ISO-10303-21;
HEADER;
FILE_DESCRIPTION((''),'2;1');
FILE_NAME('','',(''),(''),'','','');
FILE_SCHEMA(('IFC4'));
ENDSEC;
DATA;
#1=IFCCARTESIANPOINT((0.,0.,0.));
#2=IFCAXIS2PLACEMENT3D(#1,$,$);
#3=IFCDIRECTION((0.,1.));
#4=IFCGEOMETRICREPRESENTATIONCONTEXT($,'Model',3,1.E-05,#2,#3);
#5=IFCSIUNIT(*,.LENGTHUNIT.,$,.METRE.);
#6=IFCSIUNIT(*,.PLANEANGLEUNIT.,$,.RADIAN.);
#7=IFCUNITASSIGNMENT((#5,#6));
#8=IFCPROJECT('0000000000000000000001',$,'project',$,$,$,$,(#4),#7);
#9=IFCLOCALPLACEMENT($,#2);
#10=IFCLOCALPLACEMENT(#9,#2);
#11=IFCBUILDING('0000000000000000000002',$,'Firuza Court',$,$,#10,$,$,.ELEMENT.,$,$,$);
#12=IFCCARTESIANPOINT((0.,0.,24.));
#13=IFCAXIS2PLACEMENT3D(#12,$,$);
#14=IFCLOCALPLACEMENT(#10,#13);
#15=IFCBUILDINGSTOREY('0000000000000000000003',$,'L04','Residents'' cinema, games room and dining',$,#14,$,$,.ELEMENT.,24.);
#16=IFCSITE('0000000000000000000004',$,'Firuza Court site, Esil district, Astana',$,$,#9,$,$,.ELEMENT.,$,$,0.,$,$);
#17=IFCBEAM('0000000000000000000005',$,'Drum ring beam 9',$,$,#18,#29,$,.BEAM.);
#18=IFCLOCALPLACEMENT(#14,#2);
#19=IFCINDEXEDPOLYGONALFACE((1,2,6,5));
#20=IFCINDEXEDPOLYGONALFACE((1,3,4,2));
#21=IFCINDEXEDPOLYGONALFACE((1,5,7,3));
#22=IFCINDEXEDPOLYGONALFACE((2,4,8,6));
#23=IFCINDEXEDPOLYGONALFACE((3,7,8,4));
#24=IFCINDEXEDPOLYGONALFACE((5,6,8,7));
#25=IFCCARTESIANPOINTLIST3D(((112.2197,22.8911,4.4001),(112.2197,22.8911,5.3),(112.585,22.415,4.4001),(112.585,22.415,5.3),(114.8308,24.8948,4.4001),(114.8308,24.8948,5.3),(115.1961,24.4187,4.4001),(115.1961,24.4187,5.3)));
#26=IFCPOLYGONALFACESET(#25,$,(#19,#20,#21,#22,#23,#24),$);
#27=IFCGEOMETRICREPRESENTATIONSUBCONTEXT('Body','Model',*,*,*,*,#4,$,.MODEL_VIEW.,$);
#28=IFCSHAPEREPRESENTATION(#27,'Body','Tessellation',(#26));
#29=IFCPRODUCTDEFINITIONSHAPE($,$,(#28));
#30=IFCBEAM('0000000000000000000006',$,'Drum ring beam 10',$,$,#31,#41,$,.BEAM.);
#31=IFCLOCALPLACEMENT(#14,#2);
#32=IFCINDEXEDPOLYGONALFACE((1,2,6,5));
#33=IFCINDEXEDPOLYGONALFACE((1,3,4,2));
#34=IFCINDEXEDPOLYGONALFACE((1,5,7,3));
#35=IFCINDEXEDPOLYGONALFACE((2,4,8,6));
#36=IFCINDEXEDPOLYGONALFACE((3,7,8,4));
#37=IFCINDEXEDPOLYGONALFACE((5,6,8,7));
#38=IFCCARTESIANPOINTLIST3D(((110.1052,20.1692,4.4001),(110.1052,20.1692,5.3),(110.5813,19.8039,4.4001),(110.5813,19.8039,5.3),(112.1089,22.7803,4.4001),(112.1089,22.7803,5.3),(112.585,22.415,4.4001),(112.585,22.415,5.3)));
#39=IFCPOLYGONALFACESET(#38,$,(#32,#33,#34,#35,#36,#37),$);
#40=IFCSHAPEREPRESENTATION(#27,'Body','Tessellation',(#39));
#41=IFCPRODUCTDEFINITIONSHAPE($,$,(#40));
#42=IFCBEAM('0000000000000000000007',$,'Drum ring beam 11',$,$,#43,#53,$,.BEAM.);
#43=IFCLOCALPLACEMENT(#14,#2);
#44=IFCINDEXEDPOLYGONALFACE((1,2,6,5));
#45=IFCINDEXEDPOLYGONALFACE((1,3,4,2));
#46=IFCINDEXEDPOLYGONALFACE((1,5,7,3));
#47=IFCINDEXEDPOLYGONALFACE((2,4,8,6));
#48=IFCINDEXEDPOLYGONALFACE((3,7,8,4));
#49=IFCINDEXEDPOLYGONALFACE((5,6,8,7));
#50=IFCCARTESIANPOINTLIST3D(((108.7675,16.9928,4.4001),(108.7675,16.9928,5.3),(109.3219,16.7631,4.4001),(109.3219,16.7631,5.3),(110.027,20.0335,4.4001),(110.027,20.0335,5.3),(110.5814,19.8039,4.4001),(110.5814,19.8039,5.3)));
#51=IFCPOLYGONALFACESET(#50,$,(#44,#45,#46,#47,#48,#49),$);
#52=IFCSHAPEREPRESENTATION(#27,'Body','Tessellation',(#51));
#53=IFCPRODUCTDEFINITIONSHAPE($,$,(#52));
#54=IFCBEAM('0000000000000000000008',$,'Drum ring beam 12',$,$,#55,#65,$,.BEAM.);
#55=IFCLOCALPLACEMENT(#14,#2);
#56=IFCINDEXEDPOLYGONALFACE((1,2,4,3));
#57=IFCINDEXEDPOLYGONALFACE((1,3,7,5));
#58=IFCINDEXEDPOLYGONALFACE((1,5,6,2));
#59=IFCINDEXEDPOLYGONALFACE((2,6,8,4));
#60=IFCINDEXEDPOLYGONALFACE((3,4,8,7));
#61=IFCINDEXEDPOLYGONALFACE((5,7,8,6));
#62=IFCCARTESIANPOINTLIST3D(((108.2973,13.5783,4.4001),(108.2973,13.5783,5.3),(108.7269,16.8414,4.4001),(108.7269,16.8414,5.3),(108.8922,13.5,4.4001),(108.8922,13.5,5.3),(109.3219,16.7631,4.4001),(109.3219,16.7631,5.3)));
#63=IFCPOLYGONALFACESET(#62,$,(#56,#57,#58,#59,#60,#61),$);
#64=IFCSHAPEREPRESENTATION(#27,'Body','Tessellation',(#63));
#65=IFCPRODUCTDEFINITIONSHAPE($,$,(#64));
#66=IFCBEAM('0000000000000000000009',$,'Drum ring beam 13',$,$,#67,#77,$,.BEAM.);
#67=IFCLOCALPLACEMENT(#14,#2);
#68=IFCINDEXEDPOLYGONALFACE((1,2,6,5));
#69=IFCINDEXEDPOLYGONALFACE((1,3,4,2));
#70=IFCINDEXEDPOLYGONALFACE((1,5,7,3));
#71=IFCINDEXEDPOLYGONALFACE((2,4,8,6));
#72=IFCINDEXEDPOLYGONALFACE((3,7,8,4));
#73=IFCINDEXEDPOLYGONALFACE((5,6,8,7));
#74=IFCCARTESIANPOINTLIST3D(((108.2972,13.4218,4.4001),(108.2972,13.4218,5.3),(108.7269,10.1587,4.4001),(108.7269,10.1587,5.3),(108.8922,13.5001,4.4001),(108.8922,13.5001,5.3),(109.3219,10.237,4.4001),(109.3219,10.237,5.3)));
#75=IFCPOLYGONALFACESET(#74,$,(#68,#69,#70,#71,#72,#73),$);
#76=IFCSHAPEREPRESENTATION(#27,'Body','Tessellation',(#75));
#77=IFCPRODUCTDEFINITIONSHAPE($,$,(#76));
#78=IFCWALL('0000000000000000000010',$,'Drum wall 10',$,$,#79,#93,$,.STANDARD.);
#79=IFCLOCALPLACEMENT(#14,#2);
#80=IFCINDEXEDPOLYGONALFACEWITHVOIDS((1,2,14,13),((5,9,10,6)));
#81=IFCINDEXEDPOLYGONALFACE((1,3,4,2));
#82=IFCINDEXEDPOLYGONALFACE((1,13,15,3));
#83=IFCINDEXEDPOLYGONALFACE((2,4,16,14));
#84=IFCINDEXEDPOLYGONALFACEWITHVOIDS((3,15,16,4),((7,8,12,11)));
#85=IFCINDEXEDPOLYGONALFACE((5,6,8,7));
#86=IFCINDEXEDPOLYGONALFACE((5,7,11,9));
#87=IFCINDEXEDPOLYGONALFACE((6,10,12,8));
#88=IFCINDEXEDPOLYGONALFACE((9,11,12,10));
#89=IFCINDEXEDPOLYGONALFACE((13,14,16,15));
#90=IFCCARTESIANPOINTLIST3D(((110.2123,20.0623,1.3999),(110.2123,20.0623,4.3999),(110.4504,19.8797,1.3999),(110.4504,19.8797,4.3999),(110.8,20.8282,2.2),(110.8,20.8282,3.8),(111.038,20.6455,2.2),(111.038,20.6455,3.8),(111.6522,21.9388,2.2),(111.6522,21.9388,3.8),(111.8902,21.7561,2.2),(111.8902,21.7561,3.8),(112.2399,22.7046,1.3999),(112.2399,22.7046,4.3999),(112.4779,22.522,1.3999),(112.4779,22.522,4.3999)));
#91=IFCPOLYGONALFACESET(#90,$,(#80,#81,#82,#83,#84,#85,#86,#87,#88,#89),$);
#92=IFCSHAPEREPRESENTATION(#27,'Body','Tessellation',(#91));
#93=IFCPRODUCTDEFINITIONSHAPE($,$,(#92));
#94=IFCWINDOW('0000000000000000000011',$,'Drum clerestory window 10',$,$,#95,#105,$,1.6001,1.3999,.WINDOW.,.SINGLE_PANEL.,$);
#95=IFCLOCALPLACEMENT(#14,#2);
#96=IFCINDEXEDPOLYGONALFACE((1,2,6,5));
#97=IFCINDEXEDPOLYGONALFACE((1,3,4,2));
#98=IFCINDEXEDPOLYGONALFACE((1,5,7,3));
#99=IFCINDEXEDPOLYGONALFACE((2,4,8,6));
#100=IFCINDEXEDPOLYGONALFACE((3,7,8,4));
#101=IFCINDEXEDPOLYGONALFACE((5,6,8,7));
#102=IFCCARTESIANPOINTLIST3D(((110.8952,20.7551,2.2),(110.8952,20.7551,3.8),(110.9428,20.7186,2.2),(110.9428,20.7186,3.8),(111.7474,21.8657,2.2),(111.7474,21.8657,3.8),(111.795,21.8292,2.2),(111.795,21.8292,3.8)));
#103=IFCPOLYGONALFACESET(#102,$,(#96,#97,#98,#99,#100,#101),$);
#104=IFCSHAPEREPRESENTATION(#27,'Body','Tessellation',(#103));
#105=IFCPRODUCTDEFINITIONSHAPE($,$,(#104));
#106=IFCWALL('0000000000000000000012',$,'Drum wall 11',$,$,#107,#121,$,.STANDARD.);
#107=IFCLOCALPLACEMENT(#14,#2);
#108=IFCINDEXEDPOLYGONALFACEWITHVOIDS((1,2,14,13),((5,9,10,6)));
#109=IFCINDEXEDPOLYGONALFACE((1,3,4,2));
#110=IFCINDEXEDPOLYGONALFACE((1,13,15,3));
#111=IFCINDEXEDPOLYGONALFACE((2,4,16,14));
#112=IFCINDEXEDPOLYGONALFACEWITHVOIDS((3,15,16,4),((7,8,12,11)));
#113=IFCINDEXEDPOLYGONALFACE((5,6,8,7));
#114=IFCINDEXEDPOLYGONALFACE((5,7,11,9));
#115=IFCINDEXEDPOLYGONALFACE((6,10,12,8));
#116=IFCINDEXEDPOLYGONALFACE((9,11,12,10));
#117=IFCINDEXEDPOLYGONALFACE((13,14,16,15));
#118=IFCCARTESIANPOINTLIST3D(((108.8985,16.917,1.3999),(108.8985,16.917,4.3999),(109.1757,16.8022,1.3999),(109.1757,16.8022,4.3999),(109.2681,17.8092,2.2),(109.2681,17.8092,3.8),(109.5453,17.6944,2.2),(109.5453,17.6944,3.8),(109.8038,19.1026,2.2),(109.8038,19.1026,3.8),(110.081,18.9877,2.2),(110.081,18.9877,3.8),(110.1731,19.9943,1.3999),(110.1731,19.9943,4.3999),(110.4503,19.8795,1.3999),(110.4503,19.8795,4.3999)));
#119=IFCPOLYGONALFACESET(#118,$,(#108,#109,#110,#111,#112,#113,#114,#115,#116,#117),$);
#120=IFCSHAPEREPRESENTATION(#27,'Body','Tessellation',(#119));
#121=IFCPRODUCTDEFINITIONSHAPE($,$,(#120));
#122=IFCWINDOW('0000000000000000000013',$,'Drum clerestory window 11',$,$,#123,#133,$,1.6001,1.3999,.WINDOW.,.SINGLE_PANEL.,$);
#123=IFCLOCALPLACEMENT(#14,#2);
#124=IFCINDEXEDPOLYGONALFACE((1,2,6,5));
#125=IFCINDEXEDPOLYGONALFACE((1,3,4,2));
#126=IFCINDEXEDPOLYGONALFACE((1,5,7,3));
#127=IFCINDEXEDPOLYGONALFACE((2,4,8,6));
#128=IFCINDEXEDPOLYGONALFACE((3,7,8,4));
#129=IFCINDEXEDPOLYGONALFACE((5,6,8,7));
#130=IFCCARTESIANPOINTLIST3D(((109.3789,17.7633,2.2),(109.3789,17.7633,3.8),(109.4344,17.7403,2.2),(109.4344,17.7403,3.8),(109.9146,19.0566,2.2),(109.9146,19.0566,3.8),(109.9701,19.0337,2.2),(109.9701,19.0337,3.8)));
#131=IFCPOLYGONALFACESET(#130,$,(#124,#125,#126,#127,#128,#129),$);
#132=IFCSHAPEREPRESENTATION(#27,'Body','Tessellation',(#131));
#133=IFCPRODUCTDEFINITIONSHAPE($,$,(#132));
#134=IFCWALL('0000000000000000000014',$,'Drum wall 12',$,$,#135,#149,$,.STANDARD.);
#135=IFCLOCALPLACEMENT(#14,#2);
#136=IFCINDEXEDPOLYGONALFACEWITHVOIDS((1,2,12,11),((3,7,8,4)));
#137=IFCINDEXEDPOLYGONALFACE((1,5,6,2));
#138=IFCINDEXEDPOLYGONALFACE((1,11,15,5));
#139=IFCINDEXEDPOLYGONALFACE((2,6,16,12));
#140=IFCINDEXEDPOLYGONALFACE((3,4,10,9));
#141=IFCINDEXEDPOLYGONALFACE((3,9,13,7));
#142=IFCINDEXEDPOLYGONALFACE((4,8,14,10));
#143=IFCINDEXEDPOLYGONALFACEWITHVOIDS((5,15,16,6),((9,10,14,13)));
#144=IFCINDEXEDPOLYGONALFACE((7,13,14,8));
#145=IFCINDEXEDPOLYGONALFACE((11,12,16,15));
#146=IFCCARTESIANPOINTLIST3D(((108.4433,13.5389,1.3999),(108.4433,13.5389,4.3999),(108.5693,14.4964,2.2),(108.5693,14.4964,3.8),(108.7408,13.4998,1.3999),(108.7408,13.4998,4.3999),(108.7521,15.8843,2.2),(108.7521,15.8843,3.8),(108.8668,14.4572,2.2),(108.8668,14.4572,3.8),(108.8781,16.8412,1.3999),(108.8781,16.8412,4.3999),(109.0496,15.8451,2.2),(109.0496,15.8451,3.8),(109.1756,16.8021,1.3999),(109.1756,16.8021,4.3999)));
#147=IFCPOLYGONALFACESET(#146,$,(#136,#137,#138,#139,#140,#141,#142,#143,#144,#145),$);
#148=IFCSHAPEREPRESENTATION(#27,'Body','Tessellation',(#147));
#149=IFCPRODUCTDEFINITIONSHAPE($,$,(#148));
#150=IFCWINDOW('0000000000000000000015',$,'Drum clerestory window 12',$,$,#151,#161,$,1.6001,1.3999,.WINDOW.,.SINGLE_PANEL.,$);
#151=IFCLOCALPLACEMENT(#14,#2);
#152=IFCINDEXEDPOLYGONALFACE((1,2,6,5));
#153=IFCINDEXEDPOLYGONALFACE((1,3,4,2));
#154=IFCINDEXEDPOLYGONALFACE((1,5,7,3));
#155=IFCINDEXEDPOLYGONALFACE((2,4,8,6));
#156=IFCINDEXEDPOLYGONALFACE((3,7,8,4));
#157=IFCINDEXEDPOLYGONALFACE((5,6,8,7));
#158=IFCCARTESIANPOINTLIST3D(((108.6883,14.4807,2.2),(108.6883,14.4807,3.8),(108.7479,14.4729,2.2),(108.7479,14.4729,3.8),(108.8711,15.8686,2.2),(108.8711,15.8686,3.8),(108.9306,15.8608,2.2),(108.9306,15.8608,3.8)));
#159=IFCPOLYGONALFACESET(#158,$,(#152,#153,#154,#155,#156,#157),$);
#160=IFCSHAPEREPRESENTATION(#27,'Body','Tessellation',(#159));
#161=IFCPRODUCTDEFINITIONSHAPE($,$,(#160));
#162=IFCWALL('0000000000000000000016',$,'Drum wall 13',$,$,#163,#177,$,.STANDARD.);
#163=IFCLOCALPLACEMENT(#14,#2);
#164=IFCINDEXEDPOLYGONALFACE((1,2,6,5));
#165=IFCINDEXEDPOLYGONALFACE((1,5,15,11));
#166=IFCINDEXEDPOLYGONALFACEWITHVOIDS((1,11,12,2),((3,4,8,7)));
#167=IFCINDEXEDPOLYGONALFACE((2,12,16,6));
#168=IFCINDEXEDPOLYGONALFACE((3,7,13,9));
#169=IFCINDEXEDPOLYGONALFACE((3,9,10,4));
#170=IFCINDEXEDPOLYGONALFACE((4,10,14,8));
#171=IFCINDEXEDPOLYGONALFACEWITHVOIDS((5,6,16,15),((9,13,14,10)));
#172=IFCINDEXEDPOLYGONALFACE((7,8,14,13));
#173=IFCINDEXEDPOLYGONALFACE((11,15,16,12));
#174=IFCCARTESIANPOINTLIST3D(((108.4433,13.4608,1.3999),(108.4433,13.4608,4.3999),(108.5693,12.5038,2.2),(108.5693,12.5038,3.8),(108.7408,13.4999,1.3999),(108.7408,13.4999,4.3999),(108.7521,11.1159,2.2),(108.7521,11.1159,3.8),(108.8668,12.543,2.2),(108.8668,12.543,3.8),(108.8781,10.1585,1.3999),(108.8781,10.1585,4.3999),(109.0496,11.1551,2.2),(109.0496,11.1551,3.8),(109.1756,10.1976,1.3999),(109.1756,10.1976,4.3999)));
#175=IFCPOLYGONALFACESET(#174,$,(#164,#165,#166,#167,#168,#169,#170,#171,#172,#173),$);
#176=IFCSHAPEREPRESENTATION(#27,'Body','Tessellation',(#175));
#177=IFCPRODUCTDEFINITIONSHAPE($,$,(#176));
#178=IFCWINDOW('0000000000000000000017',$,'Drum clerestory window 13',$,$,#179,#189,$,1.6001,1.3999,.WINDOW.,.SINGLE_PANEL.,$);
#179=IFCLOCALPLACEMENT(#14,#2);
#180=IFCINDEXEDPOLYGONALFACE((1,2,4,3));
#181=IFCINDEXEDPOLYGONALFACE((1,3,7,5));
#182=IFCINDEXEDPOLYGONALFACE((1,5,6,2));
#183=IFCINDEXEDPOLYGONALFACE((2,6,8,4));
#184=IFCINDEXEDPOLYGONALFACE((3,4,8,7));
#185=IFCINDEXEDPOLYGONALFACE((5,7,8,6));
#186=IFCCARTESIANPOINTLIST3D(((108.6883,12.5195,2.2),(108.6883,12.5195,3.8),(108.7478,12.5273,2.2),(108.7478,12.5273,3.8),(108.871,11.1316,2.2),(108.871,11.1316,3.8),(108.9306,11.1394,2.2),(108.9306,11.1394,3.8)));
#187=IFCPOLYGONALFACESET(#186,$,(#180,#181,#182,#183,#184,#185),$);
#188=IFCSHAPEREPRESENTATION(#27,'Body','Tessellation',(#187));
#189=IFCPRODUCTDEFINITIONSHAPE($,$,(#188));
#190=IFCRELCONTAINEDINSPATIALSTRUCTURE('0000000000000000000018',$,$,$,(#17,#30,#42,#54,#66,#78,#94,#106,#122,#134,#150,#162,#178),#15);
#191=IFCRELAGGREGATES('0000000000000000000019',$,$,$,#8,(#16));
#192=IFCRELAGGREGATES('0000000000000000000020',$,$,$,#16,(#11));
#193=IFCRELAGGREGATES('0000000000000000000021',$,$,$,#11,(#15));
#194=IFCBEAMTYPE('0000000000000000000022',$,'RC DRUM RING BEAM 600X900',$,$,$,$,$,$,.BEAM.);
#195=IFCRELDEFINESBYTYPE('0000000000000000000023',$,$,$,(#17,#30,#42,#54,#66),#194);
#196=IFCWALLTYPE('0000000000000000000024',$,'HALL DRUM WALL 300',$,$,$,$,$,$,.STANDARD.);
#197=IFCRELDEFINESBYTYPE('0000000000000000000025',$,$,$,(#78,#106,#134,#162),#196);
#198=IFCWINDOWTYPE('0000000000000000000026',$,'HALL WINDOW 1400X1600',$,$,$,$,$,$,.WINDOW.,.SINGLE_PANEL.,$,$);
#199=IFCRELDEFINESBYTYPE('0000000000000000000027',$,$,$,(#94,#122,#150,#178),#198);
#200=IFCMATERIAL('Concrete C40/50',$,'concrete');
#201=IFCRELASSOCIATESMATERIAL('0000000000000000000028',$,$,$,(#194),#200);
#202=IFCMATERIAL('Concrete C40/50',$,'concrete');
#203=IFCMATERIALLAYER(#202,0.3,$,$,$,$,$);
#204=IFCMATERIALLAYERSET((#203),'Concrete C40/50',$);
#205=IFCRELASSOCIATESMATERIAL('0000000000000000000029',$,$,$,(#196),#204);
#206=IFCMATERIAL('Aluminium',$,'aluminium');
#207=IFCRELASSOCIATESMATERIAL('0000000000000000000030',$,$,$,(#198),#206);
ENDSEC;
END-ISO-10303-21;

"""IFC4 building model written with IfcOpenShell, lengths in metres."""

from ifc_helpers import new_model, si_unit, direction, frame, frame_2d, origin, origin_2d, place, context, subcontext, project, spatial, rectangle, extrude, material, layer, layer_set, material_profile, profile_set, type_object, element, fill, save


model = new_model("IFC4")

# Units and contexts
model_context = context("Model", 3, precision=1e-05, world=origin(), true_north=direction((0.0, 1.0)))
body_context = subcontext(model_context, "Body", "Model", "MODEL_VIEW")
ifc_project = project(units=[si_unit("LENGTHUNIT", "METRE"), si_unit("PLANEANGLEUNIT", "RADIAN")], contexts=[model_context])

# Site, building, storey
site_placement = place(None, origin())
site = spatial("IfcSite", under=ifc_project, at=site_placement, Name="Firuza Court site, Esil district, Astana", CompositionType="ELEMENT", RefElevation=0.0)
building_placement = place(site_placement, origin())
building = spatial("IfcBuilding", under=site, at=building_placement, Name="Firuza Court", CompositionType="ELEMENT")
storey_placement = place(building_placement, frame((0.0, 0.0, 24.0)))
storey = spatial("IfcBuildingStorey", under=building, at=storey_placement, Name="L04", Description="Residents' cinema, games room and dining", CompositionType="ELEMENT", Elevation=24.0)

# Beams
ifc_material_1 = material(Name="Concrete C40/50", Category="concrete")
ifc_material_profile = material_profile(ifc_material_1, rectangle(XDim=0.6001, YDim=0.8999, at=origin_2d()), Name="RC 600X900 RING")
ifc_profile_set = profile_set([ifc_material_profile], Name="Concrete C40/50")
beam_type = type_object("IfcBeamType", Name="RC DRUM RING BEAM 600X900", PredefinedType="BEAM", material=ifc_profile_set)
for number, where, z_axis, x_axis, name in (
    (1, (115.0134, 24.6567, 4.8501), (-0.793338, -0.608782, 0.0), (0.608782, -0.793338, 0.0), "Drum ring beam 9"),
    (2, (112.3469, 22.5977, 4.8501), (-0.608782, -0.793338, 0.0), (0.793338, -0.608782, 0.0), "Drum ring beam 10"),
    (3, (110.3042, 19.9187, 4.8501), (-0.382682, -0.92388, 0.0), (0.92388, -0.382682, 0.0), "Drum ring beam 11"),
    (4, (109.0244, 16.8022, 4.8501), (-0.13055, -0.991442, 0.0), (0.991442, -0.13055, 0.0), "Drum ring beam 12"),
    (5, (108.5947, 13.4609, 4.8501), (0.13055, -0.991442, 0.0), (0.991442, 0.13055, 0.0), "Drum ring beam 13"),
):
    element("IfcBeam", number, at=place(storey_placement, frame(where, z_axis=z_axis, x_axis=x_axis)), inside=storey, type_object=beam_type, Name=name, PredefinedType="BEAM", context=body_context, shape_type="SweptSolid", body=[
        extrude(rectangle(XDim=0.6001, YDim=0.8999, at=origin_2d()), origin(), (0.0, 0.0, 1.0), 3.2913),
    ])

# Walls, openings, windows
ifc_material_2 = material(Name="Concrete C40/50", Category="concrete")
ifc_layer_1 = layer(ifc_material_2, 0.3)
ifc_layer_set_1 = layer_set([ifc_layer_1], Name="Concrete C40/50")
wall_type_1 = type_object("IfcWallType", Name="HALL DRUM WALL 300", PredefinedType="STANDARD", material=ifc_layer_set_1)
wall_1_placement = place(storey_placement, frame((112.3589, 22.6133, 1.3999), z_axis=(0.0, 0.0, 1.0), x_axis=(-0.608772, -0.793346, 0.0)))
wall_1 = element("IfcWall", 6, at=wall_1_placement, inside=storey, type_object=wall_type_1, Name="Drum wall 10", PredefinedType="STANDARD", context=body_context, shape_type="SweptSolid", body=[
    extrude(rectangle(XDim=3.3306, YDim=0.3, at=frame_2d((1.6653, 0.0))), origin(), (0.0, 0.0, 1.0), 3.0),
])
opening_1_placement = place(wall_1_placement, frame((0.9653, 0.0, 0.8)))
opening_1 = element("IfcOpeningElement", 7, at=opening_1_placement, cuts=wall_1, PredefinedType="OPENING", context=body_context, shape_type="SweptSolid", body=[
    extrude(rectangle(XDim=1.3999, YDim=1.6001, at=frame_2d((0.7, 0.8))), frame((0.0, 0.1621, 0.0), z_axis=(0.0, -1.0, 0.0), x_axis=(1.0, 0.0, 0.0)), (0.0, 0.0, 1.0), 0.324),
])
ifc_material_3 = material(Name="Aluminium", Category="aluminium")
window_type = type_object("IfcWindowType", Name="HALL WINDOW 1400X1600", PartitioningType="SINGLE_PANEL", PredefinedType="WINDOW", material=ifc_material_3)
window_1_placement = place(opening_1_placement, origin())
window_1 = element("IfcWindow", 8, at=window_1_placement, inside=storey, type_object=window_type, Name="Drum clerestory window 10", OverallHeight=1.6001, OverallWidth=1.3999, PartitioningType="SINGLE_PANEL", PredefinedType="WINDOW", context=body_context, shape_type="SweptSolid", body=[
    extrude(rectangle(XDim=1.3999, YDim=1.6001, at=frame_2d((0.7, 0.8))), frame((0.0, 0.03, 0.0), z_axis=(0.0, -1.0, 0.0), x_axis=(1.0, 0.0, 0.0)), (0.0, 0.0, 1.0), 0.0601),
])
fill(opening_1, window_1)
wall_2_placement = place(storey_placement, frame((110.3118, 19.937, 1.3999), z_axis=(0.0, 0.0, 1.0), x_axis=(-0.382673, -0.923884, 0.0)))
wall_2 = element("IfcWall", 9, at=wall_2_placement, inside=storey, type_object=wall_type_1, Name="Drum wall 11", PredefinedType="STANDARD", context=body_context, shape_type="SweptSolid", body=[
    extrude(rectangle(XDim=3.3308, YDim=0.3, at=frame_2d((1.6655, 0.0))), origin(), (0.0, 0.0, 1.0), 3.0),
])
opening_2_placement = place(wall_2_placement, frame((0.9653, 0.0, 0.8)))
opening_2 = element("IfcOpeningElement", 10, at=opening_2_placement, cuts=wall_2, PredefinedType="OPENING", context=body_context, shape_type="SweptSolid", body=[
    extrude(rectangle(XDim=1.3999, YDim=1.6001, at=frame_2d((0.7, 0.8))), frame((0.0, 0.1621, 0.0), z_axis=(0.0, -1.0, 0.0), x_axis=(1.0, 0.0, 0.0)), (0.0, 0.0, 1.0), 0.324),
])
window_2_placement = place(opening_2_placement, origin())
window_2 = element("IfcWindow", 11, at=window_2_placement, inside=storey, type_object=window_type, Name="Drum clerestory window 11", OverallHeight=1.6001, OverallWidth=1.3999, PartitioningType="SINGLE_PANEL", PredefinedType="WINDOW", context=body_context, shape_type="SweptSolid", body=[
    extrude(rectangle(XDim=1.3999, YDim=1.6001, at=frame_2d((0.7, 0.8))), frame((0.0, 0.03, 0.0), z_axis=(0.0, -1.0, 0.0), x_axis=(1.0, 0.0, 0.0)), (0.0, 0.0, 1.0), 0.0601),
])
fill(opening_2, window_2)
wall_3_placement = place(storey_placement, frame((109.0269, 16.8218, 1.3999), z_axis=(0.0, 0.0, 1.0), x_axis=(-0.130546, -0.991442, 0.0)))
wall_3 = element("IfcWall", 12, at=wall_3_placement, inside=storey, type_object=wall_type_1, Name="Drum wall 12", PredefinedType="STANDARD", context=body_context, shape_type="SweptSolid", body=[
    extrude(rectangle(XDim=3.3308, YDim=0.3, at=frame_2d((1.6655, 0.0))), origin(), (0.0, 0.0, 1.0), 3.0),
])
opening_3_placement = place(wall_3_placement, frame((0.9653, 0.0, 0.8)))
opening_3 = element("IfcOpeningElement", 13, at=opening_3_placement, cuts=wall_3, PredefinedType="OPENING", context=body_context, shape_type="SweptSolid", body=[
    extrude(rectangle(XDim=1.3999, YDim=1.6001, at=frame_2d((0.7, 0.8))), frame((0.0, 0.1621, 0.0), z_axis=(0.0, -1.0, 0.0), x_axis=(1.0, 0.0, 0.0)), (0.0, 0.0, 1.0), 0.324),
])
window_3_placement = place(opening_3_placement, origin())
window_3 = element("IfcWindow", 14, at=window_3_placement, inside=storey, type_object=window_type, Name="Drum clerestory window 12", OverallHeight=1.6001, OverallWidth=1.3999, PartitioningType="SINGLE_PANEL", PredefinedType="WINDOW", context=body_context, shape_type="SweptSolid", body=[
    extrude(rectangle(XDim=1.3999, YDim=1.6001, at=frame_2d((0.7, 0.8))), frame((0.0, 0.03, 0.0), z_axis=(0.0, -1.0, 0.0), x_axis=(1.0, 0.0, 0.0)), (0.0, 0.0, 1.0), 0.0601),
])
fill(opening_3, window_3)
wall_4_placement = place(storey_placement, frame((108.592, 13.4805, 1.3999), z_axis=(0.0, 0.0, 1.0), x_axis=(0.130546, -0.991442, 0.0)))
wall_4 = element("IfcWall", 15, at=wall_4_placement, inside=storey, type_object=wall_type_1, Name="Drum wall 13", PredefinedType="STANDARD", context=body_context, shape_type="SweptSolid", body=[
    extrude(rectangle(XDim=3.3308, YDim=0.3, at=frame_2d((1.6655, 0.0))), origin(), (0.0, 0.0, 1.0), 3.0),
])
opening_4_placement = place(wall_4_placement, frame((0.9653, 0.0, 0.8)))
opening_4 = element("IfcOpeningElement", 16, at=opening_4_placement, cuts=wall_4, PredefinedType="OPENING", context=body_context, shape_type="SweptSolid", body=[
    extrude(rectangle(XDim=1.3999, YDim=1.6001, at=frame_2d((0.7, 0.8))), frame((0.0, 0.1621, 0.0), z_axis=(0.0, -1.0, 0.0), x_axis=(1.0, 0.0, 0.0)), (0.0, 0.0, 1.0), 0.324),
])
window_4_placement = place(opening_4_placement, origin())
window_4 = element("IfcWindow", 17, at=window_4_placement, inside=storey, type_object=window_type, Name="Drum clerestory window 13", OverallHeight=1.6001, OverallWidth=1.3999, PartitioningType="SINGLE_PANEL", PredefinedType="WINDOW", context=body_context, shape_type="SweptSolid", body=[
    extrude(rectangle(XDim=1.3999, YDim=1.6001, at=frame_2d((0.7, 0.8))), frame((0.0, 0.03, 0.0), z_axis=(0.0, -1.0, 0.0), x_axis=(1.0, 0.0, 0.0)), (0.0, 0.0, 1.0), 0.0601),
])
fill(opening_4, window_4)

save(model, "model.ifc")
